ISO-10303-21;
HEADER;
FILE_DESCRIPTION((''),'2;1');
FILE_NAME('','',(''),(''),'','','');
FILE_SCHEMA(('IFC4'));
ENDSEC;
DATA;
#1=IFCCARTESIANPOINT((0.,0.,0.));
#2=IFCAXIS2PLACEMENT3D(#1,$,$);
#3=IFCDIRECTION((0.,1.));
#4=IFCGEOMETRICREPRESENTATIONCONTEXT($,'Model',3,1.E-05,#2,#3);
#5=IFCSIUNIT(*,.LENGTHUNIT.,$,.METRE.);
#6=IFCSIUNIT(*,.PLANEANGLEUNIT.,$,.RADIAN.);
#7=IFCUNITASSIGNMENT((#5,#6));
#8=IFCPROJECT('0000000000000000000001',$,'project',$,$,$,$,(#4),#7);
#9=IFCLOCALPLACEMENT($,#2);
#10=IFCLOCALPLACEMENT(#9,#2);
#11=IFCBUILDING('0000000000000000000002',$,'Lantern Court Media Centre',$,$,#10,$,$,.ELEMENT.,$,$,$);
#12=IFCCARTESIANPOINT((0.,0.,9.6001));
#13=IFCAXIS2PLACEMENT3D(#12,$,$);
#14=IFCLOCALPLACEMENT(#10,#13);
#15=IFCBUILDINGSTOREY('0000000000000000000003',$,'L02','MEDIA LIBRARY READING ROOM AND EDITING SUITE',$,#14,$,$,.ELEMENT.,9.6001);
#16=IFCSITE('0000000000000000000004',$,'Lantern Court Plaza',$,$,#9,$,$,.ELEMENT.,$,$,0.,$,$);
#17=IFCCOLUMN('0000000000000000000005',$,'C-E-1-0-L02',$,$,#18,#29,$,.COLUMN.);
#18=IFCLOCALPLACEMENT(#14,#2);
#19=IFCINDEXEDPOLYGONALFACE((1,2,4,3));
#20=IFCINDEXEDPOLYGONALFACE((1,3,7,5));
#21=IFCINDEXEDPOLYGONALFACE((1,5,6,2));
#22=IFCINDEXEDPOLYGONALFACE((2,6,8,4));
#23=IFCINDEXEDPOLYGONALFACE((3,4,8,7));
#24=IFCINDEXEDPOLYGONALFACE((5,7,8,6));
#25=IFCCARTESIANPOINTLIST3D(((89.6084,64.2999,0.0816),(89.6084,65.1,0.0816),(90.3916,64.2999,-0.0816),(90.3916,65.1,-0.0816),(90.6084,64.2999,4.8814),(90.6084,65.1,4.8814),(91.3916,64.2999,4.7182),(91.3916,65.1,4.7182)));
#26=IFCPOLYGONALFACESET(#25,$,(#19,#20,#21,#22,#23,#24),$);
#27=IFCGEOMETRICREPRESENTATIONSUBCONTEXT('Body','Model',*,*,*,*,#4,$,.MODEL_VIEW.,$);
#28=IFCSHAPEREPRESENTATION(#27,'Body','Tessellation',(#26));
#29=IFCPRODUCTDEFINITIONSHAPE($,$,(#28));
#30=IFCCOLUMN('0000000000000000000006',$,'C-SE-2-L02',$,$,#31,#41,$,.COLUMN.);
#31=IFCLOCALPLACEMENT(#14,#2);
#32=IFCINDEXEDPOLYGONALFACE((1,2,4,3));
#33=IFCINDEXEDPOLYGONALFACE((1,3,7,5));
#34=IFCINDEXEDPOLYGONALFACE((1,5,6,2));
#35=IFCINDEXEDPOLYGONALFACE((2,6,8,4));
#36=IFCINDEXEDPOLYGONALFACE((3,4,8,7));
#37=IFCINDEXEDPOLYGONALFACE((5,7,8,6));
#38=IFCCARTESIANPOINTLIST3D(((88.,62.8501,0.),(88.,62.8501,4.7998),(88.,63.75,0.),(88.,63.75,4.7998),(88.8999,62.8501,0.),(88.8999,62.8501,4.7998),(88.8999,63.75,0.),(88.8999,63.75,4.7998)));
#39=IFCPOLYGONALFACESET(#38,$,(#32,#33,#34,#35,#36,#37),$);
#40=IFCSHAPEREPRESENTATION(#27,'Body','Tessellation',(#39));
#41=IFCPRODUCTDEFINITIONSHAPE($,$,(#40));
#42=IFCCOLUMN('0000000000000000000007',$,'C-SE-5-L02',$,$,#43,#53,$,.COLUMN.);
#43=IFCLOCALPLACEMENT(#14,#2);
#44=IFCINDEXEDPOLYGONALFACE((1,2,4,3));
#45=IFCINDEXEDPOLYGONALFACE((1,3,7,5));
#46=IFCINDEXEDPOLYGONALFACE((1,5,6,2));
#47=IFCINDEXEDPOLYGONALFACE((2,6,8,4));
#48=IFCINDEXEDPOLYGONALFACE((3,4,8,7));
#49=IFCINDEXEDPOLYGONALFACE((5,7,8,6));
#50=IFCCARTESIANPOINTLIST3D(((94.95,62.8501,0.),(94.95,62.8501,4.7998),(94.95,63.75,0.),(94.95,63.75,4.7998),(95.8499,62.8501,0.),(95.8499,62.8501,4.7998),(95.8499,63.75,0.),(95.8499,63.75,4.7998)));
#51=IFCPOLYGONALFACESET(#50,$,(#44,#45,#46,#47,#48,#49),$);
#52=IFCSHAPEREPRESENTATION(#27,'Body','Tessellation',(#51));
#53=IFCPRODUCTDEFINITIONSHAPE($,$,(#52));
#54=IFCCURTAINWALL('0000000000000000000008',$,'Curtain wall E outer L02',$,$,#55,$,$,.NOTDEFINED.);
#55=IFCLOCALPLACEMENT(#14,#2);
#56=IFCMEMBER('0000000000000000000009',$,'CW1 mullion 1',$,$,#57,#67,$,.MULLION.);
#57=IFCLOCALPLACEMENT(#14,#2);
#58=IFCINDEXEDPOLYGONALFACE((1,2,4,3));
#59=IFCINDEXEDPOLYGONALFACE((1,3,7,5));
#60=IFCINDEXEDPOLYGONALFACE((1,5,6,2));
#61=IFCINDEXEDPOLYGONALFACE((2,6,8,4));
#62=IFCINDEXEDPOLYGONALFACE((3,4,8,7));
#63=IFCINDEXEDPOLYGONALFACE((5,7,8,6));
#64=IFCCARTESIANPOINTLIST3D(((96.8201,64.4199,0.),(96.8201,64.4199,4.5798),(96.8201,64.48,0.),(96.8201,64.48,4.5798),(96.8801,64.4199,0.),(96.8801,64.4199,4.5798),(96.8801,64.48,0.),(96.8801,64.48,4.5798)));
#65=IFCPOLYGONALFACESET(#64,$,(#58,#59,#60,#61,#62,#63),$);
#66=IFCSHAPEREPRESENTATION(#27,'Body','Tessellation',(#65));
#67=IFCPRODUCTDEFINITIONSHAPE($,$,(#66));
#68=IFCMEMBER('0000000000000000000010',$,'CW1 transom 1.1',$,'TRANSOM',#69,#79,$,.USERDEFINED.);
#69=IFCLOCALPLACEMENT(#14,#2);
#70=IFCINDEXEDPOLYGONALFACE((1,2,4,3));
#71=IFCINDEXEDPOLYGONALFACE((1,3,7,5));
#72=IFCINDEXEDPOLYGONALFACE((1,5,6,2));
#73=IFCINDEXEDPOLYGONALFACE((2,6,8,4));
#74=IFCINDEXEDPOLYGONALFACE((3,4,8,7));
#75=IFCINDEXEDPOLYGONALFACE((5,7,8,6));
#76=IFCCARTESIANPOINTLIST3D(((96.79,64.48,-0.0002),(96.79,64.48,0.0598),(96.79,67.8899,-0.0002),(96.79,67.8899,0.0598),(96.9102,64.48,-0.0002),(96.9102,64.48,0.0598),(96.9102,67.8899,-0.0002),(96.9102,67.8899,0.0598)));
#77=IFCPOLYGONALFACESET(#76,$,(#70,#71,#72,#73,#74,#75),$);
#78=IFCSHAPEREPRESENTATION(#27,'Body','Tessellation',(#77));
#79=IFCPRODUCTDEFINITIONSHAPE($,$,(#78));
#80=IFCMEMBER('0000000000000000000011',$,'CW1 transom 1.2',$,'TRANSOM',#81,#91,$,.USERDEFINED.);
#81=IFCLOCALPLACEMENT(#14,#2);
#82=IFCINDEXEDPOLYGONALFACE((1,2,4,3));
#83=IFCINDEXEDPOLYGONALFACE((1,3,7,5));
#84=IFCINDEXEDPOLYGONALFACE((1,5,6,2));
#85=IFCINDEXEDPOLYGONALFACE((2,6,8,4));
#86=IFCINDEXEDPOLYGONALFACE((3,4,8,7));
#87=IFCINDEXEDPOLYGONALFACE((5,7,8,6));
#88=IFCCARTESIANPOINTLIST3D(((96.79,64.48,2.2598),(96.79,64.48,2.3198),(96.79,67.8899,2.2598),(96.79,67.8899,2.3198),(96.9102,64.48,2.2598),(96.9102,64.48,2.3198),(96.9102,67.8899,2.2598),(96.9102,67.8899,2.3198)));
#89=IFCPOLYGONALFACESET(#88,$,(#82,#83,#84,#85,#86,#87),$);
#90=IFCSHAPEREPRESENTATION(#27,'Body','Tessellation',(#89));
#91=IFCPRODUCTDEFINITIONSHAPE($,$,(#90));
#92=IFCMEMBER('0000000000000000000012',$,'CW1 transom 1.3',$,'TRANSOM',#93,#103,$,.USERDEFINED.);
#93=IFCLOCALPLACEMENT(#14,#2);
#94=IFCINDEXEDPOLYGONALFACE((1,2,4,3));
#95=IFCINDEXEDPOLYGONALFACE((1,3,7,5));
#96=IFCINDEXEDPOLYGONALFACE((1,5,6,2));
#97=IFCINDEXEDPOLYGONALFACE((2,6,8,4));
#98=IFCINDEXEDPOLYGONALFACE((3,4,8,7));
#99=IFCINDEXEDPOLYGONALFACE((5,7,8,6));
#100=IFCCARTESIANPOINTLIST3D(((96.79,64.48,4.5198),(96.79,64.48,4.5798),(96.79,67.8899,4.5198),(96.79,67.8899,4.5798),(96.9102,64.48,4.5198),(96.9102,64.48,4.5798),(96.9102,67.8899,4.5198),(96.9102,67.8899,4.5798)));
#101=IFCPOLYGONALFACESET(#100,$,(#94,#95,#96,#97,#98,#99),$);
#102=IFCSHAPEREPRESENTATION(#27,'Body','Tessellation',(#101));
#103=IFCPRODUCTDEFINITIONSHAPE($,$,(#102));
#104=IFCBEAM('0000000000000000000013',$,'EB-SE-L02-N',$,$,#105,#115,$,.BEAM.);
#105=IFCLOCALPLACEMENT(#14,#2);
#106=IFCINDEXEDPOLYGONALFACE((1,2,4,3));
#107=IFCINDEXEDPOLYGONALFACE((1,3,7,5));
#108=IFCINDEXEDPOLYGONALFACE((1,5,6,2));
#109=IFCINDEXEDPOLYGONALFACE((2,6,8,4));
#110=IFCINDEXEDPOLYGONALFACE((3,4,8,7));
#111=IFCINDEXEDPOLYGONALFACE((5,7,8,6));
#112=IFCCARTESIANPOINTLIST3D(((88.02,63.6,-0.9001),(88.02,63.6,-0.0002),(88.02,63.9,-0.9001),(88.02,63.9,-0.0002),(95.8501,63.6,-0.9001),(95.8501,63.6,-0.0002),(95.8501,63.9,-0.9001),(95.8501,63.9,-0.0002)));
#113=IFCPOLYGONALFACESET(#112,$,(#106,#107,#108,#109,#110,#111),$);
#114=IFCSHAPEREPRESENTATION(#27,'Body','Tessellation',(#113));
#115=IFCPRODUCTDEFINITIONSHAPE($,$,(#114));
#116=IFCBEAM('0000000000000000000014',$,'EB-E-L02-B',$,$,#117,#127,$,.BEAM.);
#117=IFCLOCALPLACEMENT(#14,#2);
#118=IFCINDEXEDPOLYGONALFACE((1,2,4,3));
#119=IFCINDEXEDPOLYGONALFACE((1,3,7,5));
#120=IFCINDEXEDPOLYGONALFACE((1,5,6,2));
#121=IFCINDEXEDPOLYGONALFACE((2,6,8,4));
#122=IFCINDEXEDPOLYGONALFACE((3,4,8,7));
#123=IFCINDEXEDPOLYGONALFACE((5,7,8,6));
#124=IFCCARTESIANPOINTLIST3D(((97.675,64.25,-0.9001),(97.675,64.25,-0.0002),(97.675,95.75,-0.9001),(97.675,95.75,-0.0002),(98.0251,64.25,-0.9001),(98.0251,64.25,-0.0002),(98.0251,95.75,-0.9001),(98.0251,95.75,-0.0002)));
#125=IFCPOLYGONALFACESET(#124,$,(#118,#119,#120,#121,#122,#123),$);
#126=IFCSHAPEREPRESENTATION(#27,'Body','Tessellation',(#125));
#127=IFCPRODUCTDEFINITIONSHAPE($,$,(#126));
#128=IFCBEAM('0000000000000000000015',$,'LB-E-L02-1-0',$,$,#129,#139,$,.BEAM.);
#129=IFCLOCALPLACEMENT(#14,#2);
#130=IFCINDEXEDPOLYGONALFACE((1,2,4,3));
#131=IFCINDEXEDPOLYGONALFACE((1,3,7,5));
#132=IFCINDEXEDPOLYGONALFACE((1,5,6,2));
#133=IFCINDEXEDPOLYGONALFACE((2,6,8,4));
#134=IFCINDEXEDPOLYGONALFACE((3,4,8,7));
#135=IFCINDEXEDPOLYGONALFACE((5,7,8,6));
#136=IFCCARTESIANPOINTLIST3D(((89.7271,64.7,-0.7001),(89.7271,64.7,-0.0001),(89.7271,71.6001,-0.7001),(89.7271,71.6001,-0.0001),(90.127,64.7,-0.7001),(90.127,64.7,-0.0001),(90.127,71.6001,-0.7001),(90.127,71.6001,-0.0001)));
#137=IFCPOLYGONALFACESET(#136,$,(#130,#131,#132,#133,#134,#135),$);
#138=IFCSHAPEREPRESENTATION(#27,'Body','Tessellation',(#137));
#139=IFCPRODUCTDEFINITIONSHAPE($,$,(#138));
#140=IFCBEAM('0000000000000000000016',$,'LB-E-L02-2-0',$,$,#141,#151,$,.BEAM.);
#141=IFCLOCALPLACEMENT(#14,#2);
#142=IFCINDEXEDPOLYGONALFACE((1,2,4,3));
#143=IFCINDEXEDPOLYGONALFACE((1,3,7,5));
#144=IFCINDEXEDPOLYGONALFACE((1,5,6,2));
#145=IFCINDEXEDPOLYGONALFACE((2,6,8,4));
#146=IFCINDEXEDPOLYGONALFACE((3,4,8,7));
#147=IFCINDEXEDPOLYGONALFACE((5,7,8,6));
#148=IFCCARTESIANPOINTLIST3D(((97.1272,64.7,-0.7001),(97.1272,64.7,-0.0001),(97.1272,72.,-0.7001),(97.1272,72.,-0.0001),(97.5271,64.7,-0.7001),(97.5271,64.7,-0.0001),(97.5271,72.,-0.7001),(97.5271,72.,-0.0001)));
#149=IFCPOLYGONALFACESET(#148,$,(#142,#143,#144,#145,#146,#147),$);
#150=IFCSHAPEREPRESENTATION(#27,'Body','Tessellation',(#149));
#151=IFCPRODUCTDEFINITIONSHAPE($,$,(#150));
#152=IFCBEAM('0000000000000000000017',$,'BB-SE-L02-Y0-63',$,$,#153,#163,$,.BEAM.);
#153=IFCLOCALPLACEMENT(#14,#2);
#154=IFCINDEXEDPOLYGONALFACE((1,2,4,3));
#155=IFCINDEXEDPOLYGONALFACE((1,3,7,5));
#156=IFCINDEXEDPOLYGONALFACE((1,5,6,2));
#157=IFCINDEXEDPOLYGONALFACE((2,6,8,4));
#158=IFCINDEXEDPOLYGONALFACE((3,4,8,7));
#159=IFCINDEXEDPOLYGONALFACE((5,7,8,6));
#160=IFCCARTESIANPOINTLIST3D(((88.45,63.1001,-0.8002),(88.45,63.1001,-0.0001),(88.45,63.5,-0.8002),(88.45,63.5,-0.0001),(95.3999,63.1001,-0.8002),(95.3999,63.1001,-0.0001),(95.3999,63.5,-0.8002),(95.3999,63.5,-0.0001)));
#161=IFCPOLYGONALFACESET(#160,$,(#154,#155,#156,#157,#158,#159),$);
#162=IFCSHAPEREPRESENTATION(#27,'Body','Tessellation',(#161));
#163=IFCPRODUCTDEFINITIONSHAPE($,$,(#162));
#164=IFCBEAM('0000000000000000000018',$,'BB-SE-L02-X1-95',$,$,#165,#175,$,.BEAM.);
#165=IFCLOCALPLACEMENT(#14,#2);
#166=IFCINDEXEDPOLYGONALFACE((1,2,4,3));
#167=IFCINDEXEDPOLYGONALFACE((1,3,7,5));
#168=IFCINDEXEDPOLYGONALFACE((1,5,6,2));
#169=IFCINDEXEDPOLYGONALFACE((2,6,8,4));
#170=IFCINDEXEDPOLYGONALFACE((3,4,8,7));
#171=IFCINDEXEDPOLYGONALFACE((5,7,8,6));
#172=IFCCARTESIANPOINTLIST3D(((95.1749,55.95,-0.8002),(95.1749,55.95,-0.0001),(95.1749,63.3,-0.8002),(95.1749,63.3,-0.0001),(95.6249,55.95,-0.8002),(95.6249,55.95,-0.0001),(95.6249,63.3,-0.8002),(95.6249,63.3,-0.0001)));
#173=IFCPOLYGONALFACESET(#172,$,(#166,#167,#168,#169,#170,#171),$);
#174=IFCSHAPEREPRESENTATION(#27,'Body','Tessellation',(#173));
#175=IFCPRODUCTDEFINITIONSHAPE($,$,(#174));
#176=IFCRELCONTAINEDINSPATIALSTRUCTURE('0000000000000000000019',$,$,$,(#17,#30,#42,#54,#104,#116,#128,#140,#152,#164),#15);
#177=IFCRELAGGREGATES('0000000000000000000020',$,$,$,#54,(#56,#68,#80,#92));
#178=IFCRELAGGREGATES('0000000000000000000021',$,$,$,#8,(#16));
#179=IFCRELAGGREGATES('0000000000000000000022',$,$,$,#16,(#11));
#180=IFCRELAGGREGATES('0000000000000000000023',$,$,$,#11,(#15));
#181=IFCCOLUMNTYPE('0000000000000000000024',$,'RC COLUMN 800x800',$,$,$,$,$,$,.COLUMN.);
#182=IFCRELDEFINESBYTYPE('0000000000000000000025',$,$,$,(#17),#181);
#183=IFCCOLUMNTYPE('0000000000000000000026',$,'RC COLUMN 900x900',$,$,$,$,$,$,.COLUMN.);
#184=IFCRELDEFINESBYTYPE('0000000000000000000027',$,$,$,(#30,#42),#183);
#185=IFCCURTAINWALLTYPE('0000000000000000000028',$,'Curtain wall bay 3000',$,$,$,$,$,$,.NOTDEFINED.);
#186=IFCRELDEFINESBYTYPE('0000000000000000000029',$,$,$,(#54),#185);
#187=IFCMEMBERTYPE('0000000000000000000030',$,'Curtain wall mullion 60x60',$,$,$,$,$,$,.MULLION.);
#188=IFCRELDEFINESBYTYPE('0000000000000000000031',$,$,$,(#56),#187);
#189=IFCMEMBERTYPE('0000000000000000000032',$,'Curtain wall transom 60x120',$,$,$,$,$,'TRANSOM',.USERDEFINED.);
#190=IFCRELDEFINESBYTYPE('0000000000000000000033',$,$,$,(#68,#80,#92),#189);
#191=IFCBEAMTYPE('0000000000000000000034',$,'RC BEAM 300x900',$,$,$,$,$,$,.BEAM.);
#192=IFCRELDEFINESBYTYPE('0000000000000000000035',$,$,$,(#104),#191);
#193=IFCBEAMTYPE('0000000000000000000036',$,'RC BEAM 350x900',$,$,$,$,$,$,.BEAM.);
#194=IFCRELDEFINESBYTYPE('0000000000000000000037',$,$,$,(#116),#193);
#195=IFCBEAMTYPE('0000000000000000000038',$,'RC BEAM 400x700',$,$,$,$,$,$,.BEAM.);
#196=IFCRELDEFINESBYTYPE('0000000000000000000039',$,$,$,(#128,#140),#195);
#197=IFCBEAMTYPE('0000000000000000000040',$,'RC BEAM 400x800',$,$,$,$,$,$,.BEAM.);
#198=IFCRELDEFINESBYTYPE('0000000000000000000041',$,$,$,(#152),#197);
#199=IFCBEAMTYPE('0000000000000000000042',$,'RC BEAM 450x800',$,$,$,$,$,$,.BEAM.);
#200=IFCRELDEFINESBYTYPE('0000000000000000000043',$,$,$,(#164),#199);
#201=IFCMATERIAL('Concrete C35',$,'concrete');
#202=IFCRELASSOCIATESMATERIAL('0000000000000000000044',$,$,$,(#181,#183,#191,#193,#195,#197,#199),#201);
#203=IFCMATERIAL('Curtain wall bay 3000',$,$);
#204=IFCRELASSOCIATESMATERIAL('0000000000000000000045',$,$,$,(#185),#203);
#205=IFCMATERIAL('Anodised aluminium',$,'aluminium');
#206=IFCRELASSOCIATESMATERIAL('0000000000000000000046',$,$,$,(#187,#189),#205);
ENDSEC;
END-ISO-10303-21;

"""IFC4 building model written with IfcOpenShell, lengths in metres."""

from ifc_helpers import new_model, si_unit, direction, frame, origin, origin_2d, place, context, subcontext, project, spatial, rectangle, extrude, material, material_profile, profile_set, type_object, element, aggregate, save


model = new_model("IFC4")

# Units and contexts
model_context = context("Model", 3, precision=1e-05, world=origin(), true_north=direction((0.0, 1.0)))
body_context = subcontext(model_context, "Body", "Model", "MODEL_VIEW")
ifc_project = project(units=[si_unit("LENGTHUNIT", "METRE"), si_unit("PLANEANGLEUNIT", "RADIAN")], contexts=[model_context])

# Site, building, storey
site_placement = place(None, origin())
site = spatial("IfcSite", under=ifc_project, at=site_placement, Name="Lantern Court Plaza", CompositionType="ELEMENT", RefElevation=0.0)
building_placement = place(site_placement, origin())
building = spatial("IfcBuilding", under=site, at=building_placement, Name="Lantern Court Media Centre", CompositionType="ELEMENT")
storey_placement = place(building_placement, frame((0.0, 0.0, 9.6001)))
storey = spatial("IfcBuildingStorey", under=building, at=storey_placement, Name="L02", Description="MEDIA LIBRARY READING ROOM AND EDITING SUITE", CompositionType="ELEMENT", Elevation=9.6001)

# Columns
ifc_material_1 = material(Name="Concrete C35", Category="concrete")
ifc_material_profile_1 = material_profile(ifc_material_1, rectangle(XDim=0.8, YDim=0.8, at=origin_2d()), Name="RC 800x800")
ifc_profile_set_1 = profile_set([ifc_material_profile_1], Name="Concrete C35")
column_type_1 = type_object("IfcColumnType", Name="RC COLUMN 800x800", PredefinedType="COLUMN", material=ifc_profile_set_1)
column_placement = place(storey_placement, frame((90.0, 64.7, 0.0), z_axis=(0.203962, 0.0, 0.978979), x_axis=(0.0, 1.0, 0.0)))
element("IfcColumn", 1, at=column_placement, inside=storey, type_object=column_type_1, Name="C-E-1-0-L02", PredefinedType="COLUMN", context=body_context, shape_type="SweptSolid", body=[
    extrude(rectangle(XDim=0.8, YDim=0.8, at=origin_2d()), origin(), (0.0, 0.0, 1.0), 4.9028),
])
ifc_material_profile_2 = material_profile(ifc_material_1, rectangle(XDim=0.8999, YDim=0.8999, at=origin_2d()), Name="RC 900x900")
ifc_profile_set_2 = profile_set([ifc_material_profile_2], Name="Concrete C35")
column_type_2 = type_object("IfcColumnType", Name="RC COLUMN 900x900", PredefinedType="COLUMN", material=ifc_profile_set_2)
for number, where, z_axis, x_axis, name in (
    (2, (88.45, 63.3, 0.0), (0.0, 0.0, 1.0), (1.0, 0.0, 0.0), "C-SE-2-L02"),
    (3, (95.3999, 63.3, 0.0), (0.0, 0.0, 1.0), (1.0, 0.0, 0.0), "C-SE-5-L02"),
):
    element("IfcColumn", number, at=place(storey_placement, frame(where, z_axis=z_axis, x_axis=x_axis)), inside=storey, type_object=column_type_2, Name=name, PredefinedType="COLUMN", context=body_context, shape_type="SweptSolid", body=[
        extrude(rectangle(XDim=0.8999, YDim=0.8999, at=origin_2d()), origin(), (0.0, 0.0, 1.0), 4.7998),
    ])

# Curtain wall, members
ifc_material_2 = material(Name="Curtain wall bay 3000")
curtain_wall_type = type_object("IfcCurtainWallType", Name="Curtain wall bay 3000", PredefinedType="NOTDEFINED", material=ifc_material_2)
curtain_wall_placement = place(storey_placement, origin())
curtain_wall = element("IfcCurtainWall", 4, at=curtain_wall_placement, inside=storey, type_object=curtain_wall_type, Name="Curtain wall E outer L02", PredefinedType="NOTDEFINED")
ifc_material_3 = material(Name="Anodised aluminium", Category="aluminium")
ifc_material_profile_3 = material_profile(ifc_material_3, rectangle(XDim=0.0601, YDim=0.0601, at=origin_2d()), Name="AL 60x60")
ifc_profile_set_3 = profile_set([ifc_material_profile_3], Name="Anodised aluminium")
member_type_1 = type_object("IfcMemberType", Name="Curtain wall mullion 60x60", PredefinedType="MULLION", material=ifc_profile_set_3)
member_1_placement = place(storey_placement, frame((96.8501, 64.45, 0.0), z_axis=(0.0, 0.0, 1.0), x_axis=(-1.0, 0.0, 0.0)))
member_1 = element("IfcMember", 5, at=member_1_placement, type_object=member_type_1, Name="CW1 mullion 1", PredefinedType="MULLION", context=body_context, shape_type="SweptSolid", body=[
    extrude(rectangle(XDim=0.0601, YDim=0.0601, at=origin_2d()), origin(), (0.0, 0.0, 1.0), 4.5798),
])
ifc_material_profile_4 = material_profile(ifc_material_3, rectangle(XDim=0.1201, YDim=0.0601, at=origin_2d()), Name="AL 60x120")
ifc_profile_set_4 = profile_set([ifc_material_profile_4], Name="Anodised aluminium")
member_type_2 = type_object("IfcMemberType", Name="Curtain wall transom 60x120", ElementType="TRANSOM", PredefinedType="USERDEFINED", material=ifc_profile_set_4)
member_2_placement = place(storey_placement, frame((96.8501, 64.48, 0.0298), z_axis=(0.0, 1.0, 0.0), x_axis=(-1.0, 0.0, 0.0)))
member_2 = element("IfcMember", 6, at=member_2_placement, type_object=member_type_2, Name="CW1 transom 1.1", ObjectType="TRANSOM", PredefinedType="USERDEFINED", context=body_context, shape_type="SweptSolid", body=[
    extrude(rectangle(XDim=0.1201, YDim=0.0601, at=origin_2d()), origin(), (0.0, 0.0, 1.0), 3.4099),
])
member_3_placement = place(storey_placement, frame((96.8501, 64.48, 2.2898), z_axis=(0.0, 1.0, 0.0), x_axis=(-1.0, 0.0, 0.0)))
member_3 = element("IfcMember", 7, at=member_3_placement, type_object=member_type_2, Name="CW1 transom 1.2", ObjectType="TRANSOM", PredefinedType="USERDEFINED", context=body_context, shape_type="SweptSolid", body=[
    extrude(rectangle(XDim=0.1201, YDim=0.0601, at=origin_2d()), origin(), (0.0, 0.0, 1.0), 3.4099),
])
member_4_placement = place(storey_placement, frame((96.8501, 64.48, 4.5498), z_axis=(0.0, 1.0, 0.0), x_axis=(-1.0, 0.0, 0.0)))
member_4 = element("IfcMember", 8, at=member_4_placement, type_object=member_type_2, Name="CW1 transom 1.3", ObjectType="TRANSOM", PredefinedType="USERDEFINED", context=body_context, shape_type="SweptSolid", body=[
    extrude(rectangle(XDim=0.1201, YDim=0.0601, at=origin_2d()), origin(), (0.0, 0.0, 1.0), 3.4099),
])
aggregate(curtain_wall, [member_1, member_2, member_3, member_4])

# Beams
ifc_material_profile_5 = material_profile(ifc_material_1, rectangle(XDim=0.3, YDim=0.8999, at=origin_2d()), Name="RC 300x900")
ifc_profile_set_5 = profile_set([ifc_material_profile_5], Name="Concrete C35")
beam_type_1 = type_object("IfcBeamType", Name="RC BEAM 300x900", PredefinedType="BEAM", material=ifc_profile_set_5)
beam_1_placement = place(storey_placement, frame((88.02, 63.75, -0.4502), z_axis=(1.0, 0.0, 0.0), x_axis=(0.0, 1.0, 0.0)))
element("IfcBeam", 9, at=beam_1_placement, inside=storey, type_object=beam_type_1, Name="EB-SE-L02-N", PredefinedType="BEAM", context=body_context, shape_type="SweptSolid", body=[
    extrude(rectangle(XDim=0.3, YDim=0.8999, at=origin_2d()), origin(), (0.0, 0.0, 1.0), 7.8301),
])
ifc_material_profile_6 = material_profile(ifc_material_1, rectangle(XDim=0.3501, YDim=0.8999, at=origin_2d()), Name="RC 350x900")
ifc_profile_set_6 = profile_set([ifc_material_profile_6], Name="Concrete C35")
beam_type_2 = type_object("IfcBeamType", Name="RC BEAM 350x900", PredefinedType="BEAM", material=ifc_profile_set_6)
beam_2_placement = place(storey_placement, frame((97.8501, 64.25, -0.4502), z_axis=(0.0, 1.0, 0.0), x_axis=(-1.0, 0.0, 0.0)))
element("IfcBeam", 10, at=beam_2_placement, inside=storey, type_object=beam_type_2, Name="EB-E-L02-B", PredefinedType="BEAM", context=body_context, shape_type="SweptSolid", body=[
    extrude(rectangle(XDim=0.3501, YDim=0.8999, at=origin_2d()), origin(), (0.0, 0.0, 1.0), 31.5),
])
ifc_material_profile_7 = material_profile(ifc_material_1, rectangle(XDim=0.3999, YDim=0.7, at=origin_2d()), Name="RC 400x700")
ifc_profile_set_7 = profile_set([ifc_material_profile_7], Name="Concrete C35")
beam_type_3 = type_object("IfcBeamType", Name="RC BEAM 400x700", PredefinedType="BEAM", material=ifc_profile_set_7)
beam_3_placement = place(storey_placement, frame((89.927, 64.7, -0.3501), z_axis=(0.0, 1.0, 0.0), x_axis=(-1.0, 0.0, 0.0)))
element("IfcBeam", 11, at=beam_3_placement, inside=storey, type_object=beam_type_3, Name="LB-E-L02-1-0", PredefinedType="BEAM", context=body_context, shape_type="SweptSolid", body=[
    extrude(rectangle(XDim=0.3999, YDim=0.7, at=origin_2d()), origin(), (0.0, 0.0, 1.0), 6.9001),
])
beam_4_placement = place(storey_placement, frame((97.3271, 64.7, -0.3501), z_axis=(0.0, 1.0, 0.0), x_axis=(-1.0, 0.0, 0.0)))
element("IfcBeam", 12, at=beam_4_placement, inside=storey, type_object=beam_type_3, Name="LB-E-L02-2-0", PredefinedType="BEAM", context=body_context, shape_type="SweptSolid", body=[
    extrude(rectangle(XDim=0.3999, YDim=0.7, at=origin_2d()), origin(), (0.0, 0.0, 1.0), 7.3),
])
ifc_material_profile_8 = material_profile(ifc_material_1, rectangle(XDim=0.3999, YDim=0.8, at=origin_2d()), Name="RC 400x800")
ifc_profile_set_8 = profile_set([ifc_material_profile_8], Name="Concrete C35")
beam_type_4 = type_object("IfcBeamType", Name="RC BEAM 400x800", PredefinedType="BEAM", material=ifc_profile_set_8)
beam_5_placement = place(storey_placement, frame((88.45, 63.3, -0.4001), z_axis=(1.0, 0.0, 0.0), x_axis=(0.0, 1.0, 0.0)))
element("IfcBeam", 13, at=beam_5_placement, inside=storey, type_object=beam_type_4, Name="BB-SE-L02-Y0-63", PredefinedType="BEAM", context=body_context, shape_type="SweptSolid", body=[
    extrude(rectangle(XDim=0.3999, YDim=0.8, at=origin_2d()), origin(), (0.0, 0.0, 1.0), 6.95),
])
ifc_material_profile_9 = material_profile(ifc_material_1, rectangle(XDim=0.45, YDim=0.8, at=origin_2d()), Name="RC 450x800")
ifc_profile_set_9 = profile_set([ifc_material_profile_9], Name="Concrete C35")
beam_type_5 = type_object("IfcBeamType", Name="RC BEAM 450x800", PredefinedType="BEAM", material=ifc_profile_set_9)
beam_6_placement = place(storey_placement, frame((95.3999, 55.95, -0.4001), z_axis=(0.0, 1.0, 0.0), x_axis=(-1.0, 0.0, 0.0)))
element("IfcBeam", 14, at=beam_6_placement, inside=storey, type_object=beam_type_5, Name="BB-SE-L02-X1-95", PredefinedType="BEAM", context=body_context, shape_type="SweptSolid", body=[
    extrude(rectangle(XDim=0.45, YDim=0.8, at=origin_2d()), origin(), (0.0, 0.0, 1.0), 7.3501),
])

save(model, "model.ifc")
